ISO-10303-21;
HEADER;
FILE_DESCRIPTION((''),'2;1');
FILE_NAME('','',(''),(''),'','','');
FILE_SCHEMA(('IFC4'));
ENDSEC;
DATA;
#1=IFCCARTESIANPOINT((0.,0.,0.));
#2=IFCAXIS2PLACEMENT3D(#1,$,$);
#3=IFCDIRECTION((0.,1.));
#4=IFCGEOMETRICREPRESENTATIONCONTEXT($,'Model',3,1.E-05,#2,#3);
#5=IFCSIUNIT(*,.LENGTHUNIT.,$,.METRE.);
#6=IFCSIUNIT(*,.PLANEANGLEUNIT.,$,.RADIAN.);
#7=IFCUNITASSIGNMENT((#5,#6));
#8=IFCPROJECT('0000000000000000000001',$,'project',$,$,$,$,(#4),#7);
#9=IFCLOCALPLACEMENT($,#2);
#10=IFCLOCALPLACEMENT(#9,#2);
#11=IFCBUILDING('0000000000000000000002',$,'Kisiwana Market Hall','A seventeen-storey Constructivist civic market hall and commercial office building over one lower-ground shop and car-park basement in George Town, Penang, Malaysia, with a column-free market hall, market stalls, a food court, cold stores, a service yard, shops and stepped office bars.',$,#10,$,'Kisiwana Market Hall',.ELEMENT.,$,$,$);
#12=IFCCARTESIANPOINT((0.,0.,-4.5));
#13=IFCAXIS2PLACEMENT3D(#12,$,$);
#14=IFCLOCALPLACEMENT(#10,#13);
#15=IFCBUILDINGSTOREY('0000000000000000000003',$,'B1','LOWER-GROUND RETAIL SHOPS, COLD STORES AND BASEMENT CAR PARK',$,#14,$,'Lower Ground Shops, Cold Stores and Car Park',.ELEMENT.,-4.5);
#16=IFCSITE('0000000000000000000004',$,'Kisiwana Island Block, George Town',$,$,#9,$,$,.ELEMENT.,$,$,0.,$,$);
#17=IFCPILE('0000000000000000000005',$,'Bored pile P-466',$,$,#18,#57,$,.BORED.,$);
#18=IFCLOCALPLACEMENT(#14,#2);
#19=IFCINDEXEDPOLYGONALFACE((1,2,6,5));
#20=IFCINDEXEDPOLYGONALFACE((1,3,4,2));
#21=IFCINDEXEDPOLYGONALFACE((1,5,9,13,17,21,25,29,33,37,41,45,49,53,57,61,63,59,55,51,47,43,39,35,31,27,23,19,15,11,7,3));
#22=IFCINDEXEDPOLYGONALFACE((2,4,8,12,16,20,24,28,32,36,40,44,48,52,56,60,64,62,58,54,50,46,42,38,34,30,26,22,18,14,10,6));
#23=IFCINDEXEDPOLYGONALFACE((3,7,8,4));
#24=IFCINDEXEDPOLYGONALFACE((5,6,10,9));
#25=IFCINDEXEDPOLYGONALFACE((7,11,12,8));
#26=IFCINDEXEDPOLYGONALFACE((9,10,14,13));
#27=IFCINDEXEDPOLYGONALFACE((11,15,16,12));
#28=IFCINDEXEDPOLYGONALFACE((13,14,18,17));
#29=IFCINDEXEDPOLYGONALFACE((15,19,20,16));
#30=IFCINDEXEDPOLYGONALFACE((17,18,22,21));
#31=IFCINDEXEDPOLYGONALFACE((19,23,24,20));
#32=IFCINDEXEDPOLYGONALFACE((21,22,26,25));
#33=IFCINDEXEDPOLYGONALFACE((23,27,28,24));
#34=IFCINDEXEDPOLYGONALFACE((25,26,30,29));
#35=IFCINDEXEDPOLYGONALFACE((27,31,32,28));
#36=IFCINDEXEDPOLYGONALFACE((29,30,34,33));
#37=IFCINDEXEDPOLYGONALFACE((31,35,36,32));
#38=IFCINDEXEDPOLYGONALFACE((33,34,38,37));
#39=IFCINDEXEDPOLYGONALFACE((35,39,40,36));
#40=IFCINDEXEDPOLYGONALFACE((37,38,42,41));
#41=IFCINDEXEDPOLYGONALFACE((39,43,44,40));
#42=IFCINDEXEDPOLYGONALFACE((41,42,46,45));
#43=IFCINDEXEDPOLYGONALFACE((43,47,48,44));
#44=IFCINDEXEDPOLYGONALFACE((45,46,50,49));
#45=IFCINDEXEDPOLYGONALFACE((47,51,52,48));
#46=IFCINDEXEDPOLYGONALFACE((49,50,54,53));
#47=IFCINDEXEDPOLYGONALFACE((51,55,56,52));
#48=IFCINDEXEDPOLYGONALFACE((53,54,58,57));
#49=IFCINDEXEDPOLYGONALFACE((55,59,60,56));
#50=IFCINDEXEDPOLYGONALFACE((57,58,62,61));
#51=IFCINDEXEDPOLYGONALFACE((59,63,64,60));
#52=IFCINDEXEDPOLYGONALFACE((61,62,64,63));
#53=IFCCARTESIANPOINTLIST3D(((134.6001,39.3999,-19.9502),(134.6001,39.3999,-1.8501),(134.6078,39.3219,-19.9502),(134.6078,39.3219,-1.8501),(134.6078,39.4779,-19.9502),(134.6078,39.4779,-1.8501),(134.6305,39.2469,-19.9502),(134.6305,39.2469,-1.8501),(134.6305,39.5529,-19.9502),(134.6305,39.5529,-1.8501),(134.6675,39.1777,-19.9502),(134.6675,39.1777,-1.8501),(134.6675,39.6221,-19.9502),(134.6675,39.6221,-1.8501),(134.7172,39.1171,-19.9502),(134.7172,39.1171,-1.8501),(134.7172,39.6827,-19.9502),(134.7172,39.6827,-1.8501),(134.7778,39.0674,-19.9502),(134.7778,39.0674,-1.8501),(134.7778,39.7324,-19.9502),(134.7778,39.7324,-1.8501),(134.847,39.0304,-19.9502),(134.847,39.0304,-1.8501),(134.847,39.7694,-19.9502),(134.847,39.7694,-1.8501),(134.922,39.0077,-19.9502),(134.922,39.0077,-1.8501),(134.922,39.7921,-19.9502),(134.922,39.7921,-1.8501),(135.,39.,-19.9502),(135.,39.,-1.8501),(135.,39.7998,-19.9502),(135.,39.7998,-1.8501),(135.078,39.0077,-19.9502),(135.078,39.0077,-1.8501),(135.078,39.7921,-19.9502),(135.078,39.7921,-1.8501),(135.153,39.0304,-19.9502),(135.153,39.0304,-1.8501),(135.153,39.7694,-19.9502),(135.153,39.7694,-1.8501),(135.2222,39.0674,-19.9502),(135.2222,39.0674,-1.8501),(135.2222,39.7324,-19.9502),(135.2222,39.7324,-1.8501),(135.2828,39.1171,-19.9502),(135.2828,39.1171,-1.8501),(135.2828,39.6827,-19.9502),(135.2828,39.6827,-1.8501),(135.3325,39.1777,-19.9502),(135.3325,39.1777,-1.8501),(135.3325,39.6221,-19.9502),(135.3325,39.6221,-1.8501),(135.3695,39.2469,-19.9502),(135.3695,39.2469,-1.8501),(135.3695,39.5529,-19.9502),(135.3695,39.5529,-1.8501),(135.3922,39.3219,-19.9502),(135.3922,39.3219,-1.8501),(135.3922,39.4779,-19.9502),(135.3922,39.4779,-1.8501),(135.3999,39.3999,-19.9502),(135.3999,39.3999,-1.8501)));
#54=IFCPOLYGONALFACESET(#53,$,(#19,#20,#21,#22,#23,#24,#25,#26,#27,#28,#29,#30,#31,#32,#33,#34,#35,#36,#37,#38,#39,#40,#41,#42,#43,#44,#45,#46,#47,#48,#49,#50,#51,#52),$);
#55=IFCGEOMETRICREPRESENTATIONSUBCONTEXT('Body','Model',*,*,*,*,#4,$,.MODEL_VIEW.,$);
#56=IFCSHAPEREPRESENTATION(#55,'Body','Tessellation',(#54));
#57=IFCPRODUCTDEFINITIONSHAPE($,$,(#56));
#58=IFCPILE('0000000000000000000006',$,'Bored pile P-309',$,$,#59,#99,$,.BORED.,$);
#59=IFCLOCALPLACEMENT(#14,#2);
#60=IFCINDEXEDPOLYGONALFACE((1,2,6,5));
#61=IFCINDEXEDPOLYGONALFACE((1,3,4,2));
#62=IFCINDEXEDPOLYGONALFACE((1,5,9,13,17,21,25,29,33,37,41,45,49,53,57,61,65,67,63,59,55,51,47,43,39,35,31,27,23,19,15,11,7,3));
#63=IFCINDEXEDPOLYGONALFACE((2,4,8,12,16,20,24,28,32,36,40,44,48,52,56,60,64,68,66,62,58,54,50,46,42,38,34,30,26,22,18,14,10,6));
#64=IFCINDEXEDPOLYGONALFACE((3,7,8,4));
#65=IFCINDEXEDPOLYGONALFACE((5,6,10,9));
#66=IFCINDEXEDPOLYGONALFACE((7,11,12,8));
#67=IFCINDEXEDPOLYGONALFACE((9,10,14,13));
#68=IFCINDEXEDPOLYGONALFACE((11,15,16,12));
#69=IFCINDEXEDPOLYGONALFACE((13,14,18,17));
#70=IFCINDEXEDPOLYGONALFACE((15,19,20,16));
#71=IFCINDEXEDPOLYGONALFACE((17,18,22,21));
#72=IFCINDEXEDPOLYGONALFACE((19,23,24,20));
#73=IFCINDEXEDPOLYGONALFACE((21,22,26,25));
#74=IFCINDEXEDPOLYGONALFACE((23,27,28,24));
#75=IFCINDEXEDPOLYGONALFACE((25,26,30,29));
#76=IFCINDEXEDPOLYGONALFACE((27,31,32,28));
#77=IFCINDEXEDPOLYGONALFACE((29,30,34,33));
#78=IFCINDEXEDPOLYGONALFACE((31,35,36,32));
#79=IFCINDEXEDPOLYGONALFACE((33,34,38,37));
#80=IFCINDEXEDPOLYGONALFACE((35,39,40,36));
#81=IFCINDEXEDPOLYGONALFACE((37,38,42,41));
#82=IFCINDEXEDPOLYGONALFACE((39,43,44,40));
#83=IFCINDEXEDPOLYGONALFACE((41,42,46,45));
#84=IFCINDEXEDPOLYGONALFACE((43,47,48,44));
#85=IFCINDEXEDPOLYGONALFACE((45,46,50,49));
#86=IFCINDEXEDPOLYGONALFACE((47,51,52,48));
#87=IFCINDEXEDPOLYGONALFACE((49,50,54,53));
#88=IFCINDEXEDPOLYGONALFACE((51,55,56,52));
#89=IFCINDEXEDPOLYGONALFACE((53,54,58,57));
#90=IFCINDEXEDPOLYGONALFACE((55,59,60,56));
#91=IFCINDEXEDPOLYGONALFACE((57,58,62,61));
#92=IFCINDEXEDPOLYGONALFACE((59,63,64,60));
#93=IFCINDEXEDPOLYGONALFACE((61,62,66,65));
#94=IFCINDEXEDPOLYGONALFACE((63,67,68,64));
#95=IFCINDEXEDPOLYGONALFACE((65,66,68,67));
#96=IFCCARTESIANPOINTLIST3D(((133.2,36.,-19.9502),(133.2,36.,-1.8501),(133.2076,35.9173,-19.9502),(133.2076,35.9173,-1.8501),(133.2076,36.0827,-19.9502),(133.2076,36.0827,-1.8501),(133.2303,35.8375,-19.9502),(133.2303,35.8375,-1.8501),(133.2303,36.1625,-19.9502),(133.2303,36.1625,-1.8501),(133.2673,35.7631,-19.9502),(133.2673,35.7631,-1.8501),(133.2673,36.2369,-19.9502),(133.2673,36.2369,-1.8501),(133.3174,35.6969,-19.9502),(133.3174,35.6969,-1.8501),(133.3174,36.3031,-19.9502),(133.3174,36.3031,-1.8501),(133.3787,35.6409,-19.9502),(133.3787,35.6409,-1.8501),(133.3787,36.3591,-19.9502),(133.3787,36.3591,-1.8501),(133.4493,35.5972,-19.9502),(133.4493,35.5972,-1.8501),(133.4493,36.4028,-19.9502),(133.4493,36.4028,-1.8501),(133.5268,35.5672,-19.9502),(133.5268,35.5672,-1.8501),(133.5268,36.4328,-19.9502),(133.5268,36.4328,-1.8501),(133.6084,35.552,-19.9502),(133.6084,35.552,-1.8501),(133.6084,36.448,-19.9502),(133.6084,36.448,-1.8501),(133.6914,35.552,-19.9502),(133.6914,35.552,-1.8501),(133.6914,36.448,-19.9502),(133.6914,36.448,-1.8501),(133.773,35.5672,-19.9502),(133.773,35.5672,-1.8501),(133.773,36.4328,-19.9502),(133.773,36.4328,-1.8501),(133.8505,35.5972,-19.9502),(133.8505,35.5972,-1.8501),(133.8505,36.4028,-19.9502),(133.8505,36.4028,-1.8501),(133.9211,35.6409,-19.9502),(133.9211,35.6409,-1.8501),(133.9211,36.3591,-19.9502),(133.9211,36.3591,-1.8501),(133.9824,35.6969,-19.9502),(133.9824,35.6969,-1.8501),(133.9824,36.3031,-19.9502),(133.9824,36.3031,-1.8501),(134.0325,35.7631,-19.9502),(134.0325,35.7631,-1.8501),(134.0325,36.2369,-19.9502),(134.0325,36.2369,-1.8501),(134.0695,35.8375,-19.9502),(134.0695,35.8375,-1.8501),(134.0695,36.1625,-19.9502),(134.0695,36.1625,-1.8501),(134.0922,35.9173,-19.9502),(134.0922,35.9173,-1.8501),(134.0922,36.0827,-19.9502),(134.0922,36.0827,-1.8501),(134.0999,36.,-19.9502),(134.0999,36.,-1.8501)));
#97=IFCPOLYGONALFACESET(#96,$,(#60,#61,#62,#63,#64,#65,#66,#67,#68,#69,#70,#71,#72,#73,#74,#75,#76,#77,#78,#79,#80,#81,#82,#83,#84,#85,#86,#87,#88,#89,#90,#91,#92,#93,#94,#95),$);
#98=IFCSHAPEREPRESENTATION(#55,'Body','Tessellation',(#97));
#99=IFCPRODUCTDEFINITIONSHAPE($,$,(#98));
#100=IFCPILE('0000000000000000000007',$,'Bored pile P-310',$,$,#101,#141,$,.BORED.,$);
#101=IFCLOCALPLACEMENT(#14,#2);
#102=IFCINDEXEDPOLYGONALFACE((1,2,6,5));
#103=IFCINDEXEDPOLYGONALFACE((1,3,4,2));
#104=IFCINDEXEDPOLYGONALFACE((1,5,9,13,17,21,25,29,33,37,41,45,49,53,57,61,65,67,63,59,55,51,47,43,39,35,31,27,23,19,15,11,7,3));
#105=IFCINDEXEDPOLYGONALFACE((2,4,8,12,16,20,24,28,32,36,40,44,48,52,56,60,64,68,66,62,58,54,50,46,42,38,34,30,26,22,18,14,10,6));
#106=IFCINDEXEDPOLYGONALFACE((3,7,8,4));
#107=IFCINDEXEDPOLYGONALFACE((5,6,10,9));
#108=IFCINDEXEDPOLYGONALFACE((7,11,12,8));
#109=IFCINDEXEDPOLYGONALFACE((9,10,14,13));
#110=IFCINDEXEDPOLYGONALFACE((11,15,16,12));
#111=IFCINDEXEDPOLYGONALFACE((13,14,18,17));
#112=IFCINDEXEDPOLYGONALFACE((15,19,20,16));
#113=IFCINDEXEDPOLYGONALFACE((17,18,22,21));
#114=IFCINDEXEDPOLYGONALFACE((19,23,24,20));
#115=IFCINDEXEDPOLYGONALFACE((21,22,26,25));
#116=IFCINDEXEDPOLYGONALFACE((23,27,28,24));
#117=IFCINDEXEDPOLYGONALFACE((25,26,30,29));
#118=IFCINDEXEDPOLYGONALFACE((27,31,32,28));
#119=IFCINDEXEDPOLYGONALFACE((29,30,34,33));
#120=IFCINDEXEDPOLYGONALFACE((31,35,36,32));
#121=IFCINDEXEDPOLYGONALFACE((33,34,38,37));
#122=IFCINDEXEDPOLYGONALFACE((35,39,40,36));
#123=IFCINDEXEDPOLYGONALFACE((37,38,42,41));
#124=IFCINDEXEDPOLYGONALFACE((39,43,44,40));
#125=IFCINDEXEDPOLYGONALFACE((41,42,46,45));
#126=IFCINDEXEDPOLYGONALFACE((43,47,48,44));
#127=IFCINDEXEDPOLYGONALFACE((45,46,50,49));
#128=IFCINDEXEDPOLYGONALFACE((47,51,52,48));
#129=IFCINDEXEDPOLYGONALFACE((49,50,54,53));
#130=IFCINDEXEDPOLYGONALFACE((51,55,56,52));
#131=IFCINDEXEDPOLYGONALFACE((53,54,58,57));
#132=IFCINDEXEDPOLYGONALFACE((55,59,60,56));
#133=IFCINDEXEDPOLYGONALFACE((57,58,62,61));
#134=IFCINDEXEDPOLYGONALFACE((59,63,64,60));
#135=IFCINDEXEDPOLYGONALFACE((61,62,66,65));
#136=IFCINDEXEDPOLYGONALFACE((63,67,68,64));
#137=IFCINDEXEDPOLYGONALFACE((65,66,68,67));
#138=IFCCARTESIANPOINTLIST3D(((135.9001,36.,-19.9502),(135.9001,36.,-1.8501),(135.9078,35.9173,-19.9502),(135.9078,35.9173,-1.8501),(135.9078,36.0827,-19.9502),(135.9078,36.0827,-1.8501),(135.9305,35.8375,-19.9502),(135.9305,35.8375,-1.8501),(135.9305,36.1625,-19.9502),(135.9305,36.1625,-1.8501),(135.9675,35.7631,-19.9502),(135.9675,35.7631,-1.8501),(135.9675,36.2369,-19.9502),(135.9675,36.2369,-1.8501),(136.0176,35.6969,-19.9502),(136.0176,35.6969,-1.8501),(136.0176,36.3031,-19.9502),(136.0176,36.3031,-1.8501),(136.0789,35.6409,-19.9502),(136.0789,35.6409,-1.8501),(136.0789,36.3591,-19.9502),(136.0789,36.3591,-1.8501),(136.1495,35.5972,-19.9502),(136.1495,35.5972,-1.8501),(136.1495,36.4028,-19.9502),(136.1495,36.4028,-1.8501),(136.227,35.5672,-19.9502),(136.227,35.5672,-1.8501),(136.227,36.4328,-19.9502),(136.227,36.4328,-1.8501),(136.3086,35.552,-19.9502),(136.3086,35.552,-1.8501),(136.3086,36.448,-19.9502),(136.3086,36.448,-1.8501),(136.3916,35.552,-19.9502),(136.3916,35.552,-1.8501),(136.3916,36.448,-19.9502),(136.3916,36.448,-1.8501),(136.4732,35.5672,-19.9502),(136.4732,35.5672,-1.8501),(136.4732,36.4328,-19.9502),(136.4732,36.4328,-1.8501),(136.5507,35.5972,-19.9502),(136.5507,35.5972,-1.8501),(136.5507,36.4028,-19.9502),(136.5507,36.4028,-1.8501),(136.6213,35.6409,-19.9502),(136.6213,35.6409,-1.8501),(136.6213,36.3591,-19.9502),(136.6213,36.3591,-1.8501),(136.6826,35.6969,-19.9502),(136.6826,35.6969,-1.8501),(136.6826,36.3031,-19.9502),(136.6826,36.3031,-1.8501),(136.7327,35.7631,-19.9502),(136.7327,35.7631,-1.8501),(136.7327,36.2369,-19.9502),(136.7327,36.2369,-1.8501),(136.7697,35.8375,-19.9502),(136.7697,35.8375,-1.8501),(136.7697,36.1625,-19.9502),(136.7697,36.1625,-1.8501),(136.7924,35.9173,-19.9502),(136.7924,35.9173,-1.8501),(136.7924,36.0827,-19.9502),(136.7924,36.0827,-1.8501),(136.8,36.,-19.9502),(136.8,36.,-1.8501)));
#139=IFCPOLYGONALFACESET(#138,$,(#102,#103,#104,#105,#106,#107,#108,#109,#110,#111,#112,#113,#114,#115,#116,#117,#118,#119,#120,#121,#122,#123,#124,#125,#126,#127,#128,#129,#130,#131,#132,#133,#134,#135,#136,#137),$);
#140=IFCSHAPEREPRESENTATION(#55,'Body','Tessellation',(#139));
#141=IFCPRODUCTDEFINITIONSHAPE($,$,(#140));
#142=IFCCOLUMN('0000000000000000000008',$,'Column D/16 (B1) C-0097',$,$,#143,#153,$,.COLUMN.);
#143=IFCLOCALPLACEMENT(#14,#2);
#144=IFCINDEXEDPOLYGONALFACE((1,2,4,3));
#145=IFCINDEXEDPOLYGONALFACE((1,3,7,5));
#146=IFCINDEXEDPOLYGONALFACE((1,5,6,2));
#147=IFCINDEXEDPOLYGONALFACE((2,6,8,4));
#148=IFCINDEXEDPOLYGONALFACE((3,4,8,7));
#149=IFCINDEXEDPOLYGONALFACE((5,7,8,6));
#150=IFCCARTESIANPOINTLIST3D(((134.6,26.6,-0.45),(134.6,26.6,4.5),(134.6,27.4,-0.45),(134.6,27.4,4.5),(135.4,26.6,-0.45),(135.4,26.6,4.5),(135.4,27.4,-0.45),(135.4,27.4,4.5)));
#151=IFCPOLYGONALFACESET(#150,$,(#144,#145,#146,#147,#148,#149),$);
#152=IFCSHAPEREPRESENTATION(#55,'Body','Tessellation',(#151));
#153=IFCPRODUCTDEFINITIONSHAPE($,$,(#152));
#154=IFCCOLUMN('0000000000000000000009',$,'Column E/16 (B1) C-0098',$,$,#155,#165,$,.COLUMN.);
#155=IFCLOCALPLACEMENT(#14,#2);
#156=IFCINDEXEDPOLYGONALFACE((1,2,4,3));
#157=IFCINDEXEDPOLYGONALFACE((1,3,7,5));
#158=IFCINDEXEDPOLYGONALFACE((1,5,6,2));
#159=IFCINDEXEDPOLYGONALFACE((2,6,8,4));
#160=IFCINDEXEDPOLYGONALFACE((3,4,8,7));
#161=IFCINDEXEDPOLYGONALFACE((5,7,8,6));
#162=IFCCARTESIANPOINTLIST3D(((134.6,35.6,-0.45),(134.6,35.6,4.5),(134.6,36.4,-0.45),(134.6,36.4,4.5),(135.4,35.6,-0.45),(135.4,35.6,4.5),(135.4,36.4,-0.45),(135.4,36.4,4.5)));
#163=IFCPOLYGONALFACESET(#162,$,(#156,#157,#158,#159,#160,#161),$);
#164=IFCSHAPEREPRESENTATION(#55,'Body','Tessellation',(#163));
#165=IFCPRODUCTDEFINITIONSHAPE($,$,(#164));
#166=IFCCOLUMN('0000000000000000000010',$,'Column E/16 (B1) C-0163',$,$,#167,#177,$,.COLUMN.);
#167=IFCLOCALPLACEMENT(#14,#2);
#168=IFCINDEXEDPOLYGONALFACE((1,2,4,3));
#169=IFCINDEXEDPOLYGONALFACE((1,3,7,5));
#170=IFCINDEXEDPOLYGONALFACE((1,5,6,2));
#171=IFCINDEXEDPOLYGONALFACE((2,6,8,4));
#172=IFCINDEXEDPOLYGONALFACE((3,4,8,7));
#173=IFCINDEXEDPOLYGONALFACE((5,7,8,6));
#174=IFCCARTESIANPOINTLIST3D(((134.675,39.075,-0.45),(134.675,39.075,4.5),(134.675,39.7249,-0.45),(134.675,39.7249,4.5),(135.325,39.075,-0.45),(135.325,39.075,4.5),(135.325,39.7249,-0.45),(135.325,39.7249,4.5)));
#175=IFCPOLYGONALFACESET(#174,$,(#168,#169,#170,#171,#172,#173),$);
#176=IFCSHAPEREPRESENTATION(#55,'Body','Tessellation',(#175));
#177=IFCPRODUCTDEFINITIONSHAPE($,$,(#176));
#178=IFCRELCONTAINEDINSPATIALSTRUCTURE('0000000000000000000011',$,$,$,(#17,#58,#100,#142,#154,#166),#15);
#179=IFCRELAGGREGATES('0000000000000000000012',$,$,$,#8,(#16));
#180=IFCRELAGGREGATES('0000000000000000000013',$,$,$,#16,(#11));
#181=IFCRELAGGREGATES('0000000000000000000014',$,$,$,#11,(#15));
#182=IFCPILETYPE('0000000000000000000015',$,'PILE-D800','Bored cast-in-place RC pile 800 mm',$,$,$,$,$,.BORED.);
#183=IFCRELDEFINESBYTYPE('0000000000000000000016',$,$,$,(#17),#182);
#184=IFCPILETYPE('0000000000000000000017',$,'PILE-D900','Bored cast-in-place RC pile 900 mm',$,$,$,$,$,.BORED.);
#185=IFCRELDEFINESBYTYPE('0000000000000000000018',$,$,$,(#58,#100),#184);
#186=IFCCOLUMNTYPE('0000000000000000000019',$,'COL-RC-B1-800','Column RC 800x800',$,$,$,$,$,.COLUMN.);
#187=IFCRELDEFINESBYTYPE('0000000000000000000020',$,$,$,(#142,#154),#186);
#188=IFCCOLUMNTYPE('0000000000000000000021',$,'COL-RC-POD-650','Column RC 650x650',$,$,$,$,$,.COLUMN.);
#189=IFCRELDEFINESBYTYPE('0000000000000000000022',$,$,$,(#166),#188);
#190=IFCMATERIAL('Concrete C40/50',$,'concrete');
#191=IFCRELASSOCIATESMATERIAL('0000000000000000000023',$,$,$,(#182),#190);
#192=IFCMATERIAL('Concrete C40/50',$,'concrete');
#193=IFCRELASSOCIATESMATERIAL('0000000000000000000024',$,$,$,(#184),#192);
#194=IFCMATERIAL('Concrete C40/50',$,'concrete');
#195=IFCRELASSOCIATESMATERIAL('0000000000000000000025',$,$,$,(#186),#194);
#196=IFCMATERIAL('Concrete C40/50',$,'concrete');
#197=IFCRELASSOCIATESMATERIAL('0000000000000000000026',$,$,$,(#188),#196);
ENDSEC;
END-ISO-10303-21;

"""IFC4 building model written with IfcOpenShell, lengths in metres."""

from ifc_helpers import new_model, si_unit, direction, frame, origin, origin_2d, place, context, subcontext, project, spatial, rectangle, circle, extrude, material, material_profile, profile_set, type_object, element, save


model = new_model("IFC4")

# Units and contexts
model_context = context("Model", 3, precision=1e-05, world=origin(), true_north=direction((0.0, 1.0)))
body_context = subcontext(model_context, "Body", "Model", "MODEL_VIEW")
ifc_project = project(units=[si_unit("LENGTHUNIT", "METRE"), si_unit("PLANEANGLEUNIT", "RADIAN")], contexts=[model_context])

# Site, building, storey
site_placement = place(None, origin())
site = spatial("IfcSite", under=ifc_project, at=site_placement, Name="Kisiwana Island Block, George Town", CompositionType="ELEMENT", RefElevation=0.0)
building_placement = place(site_placement, origin())
building = spatial("IfcBuilding", under=site, at=building_placement, Name="Kisiwana Market Hall", Description="A seventeen-storey Constructivist civic market hall and commercial office building over one lower-ground shop and car-park basement in George Town, Penang, Malaysia, with a column-free market hall, market stalls, a food court, cold stores, a service yard, shops and stepped office bars.", LongName="Kisiwana Market Hall", CompositionType="ELEMENT")
storey_placement = place(building_placement, frame((0.0, 0.0, -4.5)))
storey = spatial("IfcBuildingStorey", under=building, at=storey_placement, Name="B1", Description="LOWER-GROUND RETAIL SHOPS, COLD STORES AND BASEMENT CAR PARK", LongName="Lower Ground Shops, Cold Stores and Car Park", CompositionType="ELEMENT", Elevation=-4.5)

# Piles
ifc_material_1 = material(Name="Concrete C40/50", Category="concrete")
ifc_material_profile_1 = material_profile(ifc_material_1, circle(Radius=0.3999, at=origin_2d()), Name="BP D800")
ifc_profile_set_1 = profile_set([ifc_material_profile_1], Name="Concrete C40/50")
pile_type_1 = type_object("IfcPileType", Name="PILE-D800", Description="Bored cast-in-place RC pile 800 mm", PredefinedType="BORED", material=ifc_profile_set_1)
pile_placement = place(storey_placement, frame((135.0, 39.3999, -1.8501), z_axis=(0.0, 0.0, -1.0), x_axis=(1.0, 0.0, 0.0)))
element("IfcPile", 1, at=pile_placement, inside=storey, type_object=pile_type_1, Name="Bored pile P-466", PredefinedType="BORED", context=body_context, shape_type="SweptSolid", body=[
    extrude(circle(Radius=0.3999, at=origin_2d()), origin(), (0.0, 0.0, 1.0), 18.1001),
])
ifc_material_2 = material(Name="Concrete C40/50", Category="concrete")
ifc_material_profile_2 = material_profile(ifc_material_2, circle(Radius=0.45, at=origin_2d()), Name="BP D900")
ifc_profile_set_2 = profile_set([ifc_material_profile_2], Name="Concrete C40/50")
pile_type_2 = type_object("IfcPileType", Name="PILE-D900", Description="Bored cast-in-place RC pile 900 mm", PredefinedType="BORED", material=ifc_profile_set_2)
for number, where, z_axis, x_axis, name in (
    (2, (133.6499, 36.0, -1.8501), (0.0, 0.0, -1.0), (1.0, 0.0, 0.0), "Bored pile P-309"),
    (3, (136.3501, 36.0, -1.8501), (0.0, 0.0, -1.0), (1.0, 0.0, 0.0), "Bored pile P-310"),
):
    element("IfcPile", number, at=place(storey_placement, frame(where, z_axis=z_axis, x_axis=x_axis)), inside=storey, type_object=pile_type_2, Name=name, PredefinedType="BORED", context=body_context, shape_type="SweptSolid", body=[
        extrude(circle(Radius=0.45, at=origin_2d()), origin(), (0.0, 0.0, 1.0), 18.1001),
    ])

# Columns
ifc_material_3 = material(Name="Concrete C40/50", Category="concrete")
ifc_material_profile_3 = material_profile(ifc_material_3, rectangle(XDim=0.8, YDim=0.8, at=origin_2d()), Name="RC 800x800")
ifc_profile_set_3 = profile_set([ifc_material_profile_3], Name="Concrete C40/50")
column_type_1 = type_object("IfcColumnType", Name="COL-RC-B1-800", Description="Column RC 800x800", PredefinedType="COLUMN", material=ifc_profile_set_3)
for number, where, z_axis, x_axis, name in (
    (4, (135.0, 27.0, -0.45), (0.0, 0.0, 1.0), (1.0, 0.0, 0.0), "Column D/16 (B1) C-0097"),
    (5, (135.0, 36.0, -0.45), (0.0, 0.0, 1.0), (1.0, 0.0, 0.0), "Column E/16 (B1) C-0098"),
):
    element("IfcColumn", number, at=place(storey_placement, frame(where, z_axis=z_axis, x_axis=x_axis)), inside=storey, type_object=column_type_1, Name=name, PredefinedType="COLUMN", context=body_context, shape_type="SweptSolid", body=[
        extrude(rectangle(XDim=0.8, YDim=0.8, at=origin_2d()), origin(), (0.0, 0.0, 1.0), 4.95),
    ])
ifc_material_4 = material(Name="Concrete C40/50", Category="concrete")
ifc_material_profile_4 = material_profile(ifc_material_4, rectangle(XDim=0.6499, YDim=0.6499, at=origin_2d()), Name="RC 650x650")
ifc_profile_set_4 = profile_set([ifc_material_profile_4], Name="Concrete C40/50")
column_type_2 = type_object("IfcColumnType", Name="COL-RC-POD-650", Description="Column RC 650x650", PredefinedType="COLUMN", material=ifc_profile_set_4)
column_placement = place(storey_placement, frame((135.0, 39.3999, -0.45), z_axis=(0.0, 0.0, 1.0), x_axis=(1.0, 0.0, 0.0)))
element("IfcColumn", 6, at=column_placement, inside=storey, type_object=column_type_2, Name="Column E/16 (B1) C-0163", PredefinedType="COLUMN", context=body_context, shape_type="SweptSolid", body=[
    extrude(rectangle(XDim=0.6499, YDim=0.6499, at=origin_2d()), origin(), (0.0, 0.0, 1.0), 4.95),
])

save(model, "model.ifc")
